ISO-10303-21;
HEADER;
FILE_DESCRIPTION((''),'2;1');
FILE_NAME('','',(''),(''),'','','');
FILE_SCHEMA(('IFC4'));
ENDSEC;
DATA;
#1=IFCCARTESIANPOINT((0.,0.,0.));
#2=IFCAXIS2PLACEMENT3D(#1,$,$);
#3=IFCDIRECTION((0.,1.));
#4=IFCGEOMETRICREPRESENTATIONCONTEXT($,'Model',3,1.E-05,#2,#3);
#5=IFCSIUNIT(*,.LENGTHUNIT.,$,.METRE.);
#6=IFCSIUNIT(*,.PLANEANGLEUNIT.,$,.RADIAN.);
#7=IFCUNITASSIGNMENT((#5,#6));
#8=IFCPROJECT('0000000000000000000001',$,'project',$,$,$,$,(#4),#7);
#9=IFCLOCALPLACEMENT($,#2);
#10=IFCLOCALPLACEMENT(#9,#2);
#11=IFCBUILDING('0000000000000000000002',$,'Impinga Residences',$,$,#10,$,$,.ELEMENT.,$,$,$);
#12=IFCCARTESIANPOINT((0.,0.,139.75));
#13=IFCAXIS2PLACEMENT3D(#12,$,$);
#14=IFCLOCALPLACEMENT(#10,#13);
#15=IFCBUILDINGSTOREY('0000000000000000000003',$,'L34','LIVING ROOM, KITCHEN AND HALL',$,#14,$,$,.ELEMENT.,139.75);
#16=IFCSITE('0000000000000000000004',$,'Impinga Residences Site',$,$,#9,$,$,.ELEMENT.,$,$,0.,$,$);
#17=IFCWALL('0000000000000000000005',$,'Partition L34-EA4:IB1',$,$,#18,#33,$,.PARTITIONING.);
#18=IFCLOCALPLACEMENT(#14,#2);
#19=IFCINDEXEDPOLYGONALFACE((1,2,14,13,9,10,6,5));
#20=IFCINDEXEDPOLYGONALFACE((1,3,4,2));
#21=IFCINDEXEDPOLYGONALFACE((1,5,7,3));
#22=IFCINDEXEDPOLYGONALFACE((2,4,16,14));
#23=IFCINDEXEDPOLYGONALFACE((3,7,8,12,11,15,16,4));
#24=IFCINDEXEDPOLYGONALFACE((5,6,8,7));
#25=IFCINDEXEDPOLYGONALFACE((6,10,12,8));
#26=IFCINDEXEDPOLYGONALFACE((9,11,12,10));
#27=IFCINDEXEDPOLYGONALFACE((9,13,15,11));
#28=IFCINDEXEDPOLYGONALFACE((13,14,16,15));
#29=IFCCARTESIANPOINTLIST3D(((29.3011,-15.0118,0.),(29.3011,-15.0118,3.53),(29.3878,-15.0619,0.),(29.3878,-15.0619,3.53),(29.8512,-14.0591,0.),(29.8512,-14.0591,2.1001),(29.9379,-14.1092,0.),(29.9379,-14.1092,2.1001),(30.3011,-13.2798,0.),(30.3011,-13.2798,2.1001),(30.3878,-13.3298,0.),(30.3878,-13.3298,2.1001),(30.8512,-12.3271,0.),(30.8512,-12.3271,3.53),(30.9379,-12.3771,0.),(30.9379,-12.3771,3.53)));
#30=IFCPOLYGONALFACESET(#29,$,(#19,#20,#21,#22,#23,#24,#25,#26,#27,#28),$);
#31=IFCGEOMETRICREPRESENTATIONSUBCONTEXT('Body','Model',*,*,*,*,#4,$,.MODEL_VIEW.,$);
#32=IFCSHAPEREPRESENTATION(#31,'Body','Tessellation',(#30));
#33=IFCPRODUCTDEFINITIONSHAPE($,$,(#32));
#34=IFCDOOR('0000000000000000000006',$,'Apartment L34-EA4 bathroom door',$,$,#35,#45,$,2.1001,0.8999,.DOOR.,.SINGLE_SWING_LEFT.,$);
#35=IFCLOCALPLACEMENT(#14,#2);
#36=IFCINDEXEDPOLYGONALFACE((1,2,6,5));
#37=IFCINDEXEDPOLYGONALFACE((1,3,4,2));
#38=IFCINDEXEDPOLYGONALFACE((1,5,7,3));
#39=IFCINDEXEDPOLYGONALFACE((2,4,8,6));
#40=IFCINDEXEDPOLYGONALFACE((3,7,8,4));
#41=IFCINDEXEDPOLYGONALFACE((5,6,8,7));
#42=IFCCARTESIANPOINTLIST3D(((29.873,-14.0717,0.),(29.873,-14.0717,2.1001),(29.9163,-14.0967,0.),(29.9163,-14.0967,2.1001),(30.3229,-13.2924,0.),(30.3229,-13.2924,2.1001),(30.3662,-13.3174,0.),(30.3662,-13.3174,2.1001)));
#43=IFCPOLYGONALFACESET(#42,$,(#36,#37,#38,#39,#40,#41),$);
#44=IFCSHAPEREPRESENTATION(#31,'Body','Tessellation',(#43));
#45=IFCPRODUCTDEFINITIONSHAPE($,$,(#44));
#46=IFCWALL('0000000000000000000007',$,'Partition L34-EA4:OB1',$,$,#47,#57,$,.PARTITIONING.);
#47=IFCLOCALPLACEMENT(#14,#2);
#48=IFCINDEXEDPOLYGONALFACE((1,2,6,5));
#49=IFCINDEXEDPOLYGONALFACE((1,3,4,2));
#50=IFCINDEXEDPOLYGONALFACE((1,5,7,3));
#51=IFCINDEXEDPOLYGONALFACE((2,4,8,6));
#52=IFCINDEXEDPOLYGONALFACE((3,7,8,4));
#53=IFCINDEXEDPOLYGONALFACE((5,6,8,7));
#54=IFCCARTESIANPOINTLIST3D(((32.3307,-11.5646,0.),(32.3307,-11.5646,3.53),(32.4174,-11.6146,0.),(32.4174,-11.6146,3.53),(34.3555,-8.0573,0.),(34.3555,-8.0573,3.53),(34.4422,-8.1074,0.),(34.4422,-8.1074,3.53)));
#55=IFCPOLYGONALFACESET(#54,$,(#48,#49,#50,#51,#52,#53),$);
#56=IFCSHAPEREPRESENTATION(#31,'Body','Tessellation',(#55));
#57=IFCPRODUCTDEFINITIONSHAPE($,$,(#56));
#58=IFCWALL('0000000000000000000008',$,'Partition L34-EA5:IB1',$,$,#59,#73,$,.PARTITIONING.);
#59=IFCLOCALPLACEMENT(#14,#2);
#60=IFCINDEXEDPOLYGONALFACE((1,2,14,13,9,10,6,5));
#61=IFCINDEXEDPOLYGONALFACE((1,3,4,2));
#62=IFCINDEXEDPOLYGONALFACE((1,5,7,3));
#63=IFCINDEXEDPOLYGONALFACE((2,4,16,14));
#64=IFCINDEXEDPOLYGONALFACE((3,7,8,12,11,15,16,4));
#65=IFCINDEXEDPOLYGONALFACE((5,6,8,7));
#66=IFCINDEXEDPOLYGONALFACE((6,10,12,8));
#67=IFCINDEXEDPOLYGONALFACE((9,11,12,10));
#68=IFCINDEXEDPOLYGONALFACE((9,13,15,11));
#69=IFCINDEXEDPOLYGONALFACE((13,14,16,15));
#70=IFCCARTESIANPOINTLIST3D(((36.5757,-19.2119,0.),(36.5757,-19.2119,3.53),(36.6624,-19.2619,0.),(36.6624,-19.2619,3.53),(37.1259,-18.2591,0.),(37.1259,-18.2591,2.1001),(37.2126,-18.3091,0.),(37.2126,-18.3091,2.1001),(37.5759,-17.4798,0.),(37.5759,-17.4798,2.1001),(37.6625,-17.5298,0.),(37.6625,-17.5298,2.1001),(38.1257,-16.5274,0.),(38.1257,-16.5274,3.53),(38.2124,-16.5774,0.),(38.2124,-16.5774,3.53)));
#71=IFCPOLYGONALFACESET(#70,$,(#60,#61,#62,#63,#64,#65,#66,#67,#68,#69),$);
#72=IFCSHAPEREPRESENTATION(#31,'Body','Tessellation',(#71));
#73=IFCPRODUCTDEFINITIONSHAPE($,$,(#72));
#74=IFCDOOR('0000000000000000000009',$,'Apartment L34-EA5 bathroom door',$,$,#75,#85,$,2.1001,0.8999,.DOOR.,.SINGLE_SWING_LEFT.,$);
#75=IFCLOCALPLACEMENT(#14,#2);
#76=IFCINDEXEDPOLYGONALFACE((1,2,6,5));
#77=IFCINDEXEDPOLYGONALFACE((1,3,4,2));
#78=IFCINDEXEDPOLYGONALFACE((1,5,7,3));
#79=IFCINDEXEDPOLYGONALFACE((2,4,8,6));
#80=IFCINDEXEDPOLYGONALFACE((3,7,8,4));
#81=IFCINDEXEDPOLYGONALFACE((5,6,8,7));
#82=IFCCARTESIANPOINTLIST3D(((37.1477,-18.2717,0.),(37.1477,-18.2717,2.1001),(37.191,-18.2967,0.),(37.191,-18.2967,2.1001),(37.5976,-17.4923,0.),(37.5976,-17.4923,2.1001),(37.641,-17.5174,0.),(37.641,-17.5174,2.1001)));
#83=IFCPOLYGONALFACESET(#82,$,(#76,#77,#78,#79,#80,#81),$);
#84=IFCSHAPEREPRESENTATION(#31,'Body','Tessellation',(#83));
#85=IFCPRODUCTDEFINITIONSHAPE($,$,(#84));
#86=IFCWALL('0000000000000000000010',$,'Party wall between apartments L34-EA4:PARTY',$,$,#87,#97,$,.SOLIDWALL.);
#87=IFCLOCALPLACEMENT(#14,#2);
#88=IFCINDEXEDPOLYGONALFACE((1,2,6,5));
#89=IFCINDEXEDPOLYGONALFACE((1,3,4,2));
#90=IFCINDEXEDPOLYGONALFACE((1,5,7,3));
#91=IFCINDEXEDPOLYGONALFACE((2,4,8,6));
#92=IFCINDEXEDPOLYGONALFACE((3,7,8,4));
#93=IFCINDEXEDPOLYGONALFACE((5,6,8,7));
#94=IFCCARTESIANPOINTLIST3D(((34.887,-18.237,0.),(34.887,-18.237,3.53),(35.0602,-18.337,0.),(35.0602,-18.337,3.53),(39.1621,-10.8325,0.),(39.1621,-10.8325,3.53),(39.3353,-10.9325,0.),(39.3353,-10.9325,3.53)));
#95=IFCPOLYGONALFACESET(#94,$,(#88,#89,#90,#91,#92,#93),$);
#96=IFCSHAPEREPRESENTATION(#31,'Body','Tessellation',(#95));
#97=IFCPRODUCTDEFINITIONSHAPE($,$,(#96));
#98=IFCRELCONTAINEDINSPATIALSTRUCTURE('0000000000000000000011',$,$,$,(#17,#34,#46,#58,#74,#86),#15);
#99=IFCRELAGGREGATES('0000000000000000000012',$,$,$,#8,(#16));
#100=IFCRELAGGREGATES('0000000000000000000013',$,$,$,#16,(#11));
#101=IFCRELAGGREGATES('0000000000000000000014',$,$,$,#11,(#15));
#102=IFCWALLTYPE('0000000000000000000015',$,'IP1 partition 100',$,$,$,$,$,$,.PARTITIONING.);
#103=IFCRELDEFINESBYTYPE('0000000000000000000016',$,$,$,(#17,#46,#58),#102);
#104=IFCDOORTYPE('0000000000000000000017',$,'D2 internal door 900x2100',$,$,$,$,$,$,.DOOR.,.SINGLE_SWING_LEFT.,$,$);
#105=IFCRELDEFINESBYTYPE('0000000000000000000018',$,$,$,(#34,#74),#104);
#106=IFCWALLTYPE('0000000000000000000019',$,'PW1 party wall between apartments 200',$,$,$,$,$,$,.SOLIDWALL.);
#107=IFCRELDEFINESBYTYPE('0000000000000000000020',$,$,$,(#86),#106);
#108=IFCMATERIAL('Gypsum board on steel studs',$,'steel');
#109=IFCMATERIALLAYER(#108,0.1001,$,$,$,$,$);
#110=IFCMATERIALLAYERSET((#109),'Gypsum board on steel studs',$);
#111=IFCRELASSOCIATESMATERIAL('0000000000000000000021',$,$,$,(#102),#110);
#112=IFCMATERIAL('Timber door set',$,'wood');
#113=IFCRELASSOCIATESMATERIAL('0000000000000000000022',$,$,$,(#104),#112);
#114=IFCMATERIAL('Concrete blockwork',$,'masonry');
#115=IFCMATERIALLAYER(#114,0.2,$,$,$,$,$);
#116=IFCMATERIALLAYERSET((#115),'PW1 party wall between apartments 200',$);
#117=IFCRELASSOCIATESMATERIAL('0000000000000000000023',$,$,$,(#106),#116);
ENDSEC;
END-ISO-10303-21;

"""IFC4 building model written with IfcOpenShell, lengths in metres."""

from ifc_helpers import new_model, si_unit, direction, frame, frame_2d, origin, place, context, subcontext, project, spatial, rectangle, extrude, material, layer, layer_set, type_object, element, fill, save


model = new_model("IFC4")

# Units and contexts
model_context = context("Model", 3, precision=1e-05, world=origin(), true_north=direction((0.0, 1.0)))
body_context = subcontext(model_context, "Body", "Model", "MODEL_VIEW")
ifc_project = project(units=[si_unit("LENGTHUNIT", "METRE"), si_unit("PLANEANGLEUNIT", "RADIAN")], contexts=[model_context])

# Site, building, storey
site_placement = place(None, origin())
site = spatial("IfcSite", under=ifc_project, at=site_placement, Name="Impinga Residences Site", CompositionType="ELEMENT", RefElevation=0.0)
building_placement = place(site_placement, origin())
building = spatial("IfcBuilding", under=site, at=building_placement, Name="Impinga Residences", CompositionType="ELEMENT")
storey_placement = place(building_placement, frame((0.0, 0.0, 139.75)))
storey = spatial("IfcBuildingStorey", under=building, at=storey_placement, Name="L34", Description="LIVING ROOM, KITCHEN AND HALL", CompositionType="ELEMENT", Elevation=139.75)

# Shared definitions
ifc_material_1 = material(Name="Concrete blockwork", Category="masonry")
ifc_material_2 = material(Name="Timber door set", Category="wood")

# Shared definitions
ifc_material_3 = material(Name="Gypsum board on steel studs", Category="steel")
ifc_layer_1 = layer(ifc_material_3, 0.1001)
ifc_layer_set_1 = layer_set([ifc_layer_1], Name="Gypsum board on steel studs")
wall_type_1 = type_object("IfcWallType", Name="IP1 partition 100", PredefinedType="PARTITIONING", material=ifc_layer_set_1)

# Shared definitions
door_type_1 = type_object("IfcDoorType", Name="D2 internal door 900x2100", OperationType="SINGLE_SWING_LEFT", PredefinedType="DOOR", material=ifc_material_2)

# Wall, opening, door
wall_1_placement = place(storey_placement, frame((29.3445, -15.0369, 0.0), z_axis=(0.0, 0.0, 1.0), x_axis=(0.499993, 0.86603, 0.0)))
wall_1 = element("IfcWall", 1, at=wall_1_placement, inside=storey, type_object=wall_type_1, Name="Partition L34-EA4:IB1", PredefinedType="PARTITIONING", context=body_context, shape_type="SweptSolid", body=[
    extrude(rectangle(XDim=3.1001, YDim=0.1001, at=frame_2d((1.55, 0.0))), origin(), (0.0, 0.0, 1.0), 3.53),
])
opening_1_placement = place(wall_1_placement, frame((1.1001, 0.0, 0.0)))
opening_1 = element("IfcOpeningElement", 2, at=opening_1_placement, cuts=wall_1, PredefinedType="OPENING", context=body_context, shape_type="SweptSolid", body=[
    extrude(rectangle(XDim=0.8999, YDim=2.1001, at=frame_2d((0.45, 1.05))), frame((0.0, 0.0601, 0.0), z_axis=(0.0, -1.0, 0.0), x_axis=(1.0, 0.0, 0.0)), (0.0, 0.0, 1.0), 0.1201),
])
door_1_placement = place(opening_1_placement, origin())
door_1 = element("IfcDoor", 3, at=door_1_placement, inside=storey, type_object=door_type_1, Name="Apartment L34-EA4 bathroom door", OperationType="SINGLE_SWING_LEFT", OverallHeight=2.1001, OverallWidth=0.8999, PredefinedType="DOOR", context=body_context, shape_type="SweptSolid", body=[
    extrude(rectangle(XDim=0.8999, YDim=2.1001, at=frame_2d((0.45, 1.05))), frame((0.0, 0.0249, 0.0), z_axis=(0.0, -1.0, 0.0), x_axis=(1.0, 0.0, 0.0)), (0.0, 0.0, 1.0), 0.05),
])
fill(opening_1, door_1)

# Wall
wall_2_placement = place(storey_placement, frame((32.374, -11.5896, 0.0), z_axis=(0.0, 0.0, 1.0), x_axis=(0.49999, 0.866031, 0.0)))
element("IfcWall", 4, at=wall_2_placement, inside=storey, type_object=wall_type_1, Name="Partition L34-EA4:OB1", PredefinedType="PARTITIONING", context=body_context, shape_type="SweptSolid", body=[
    extrude(rectangle(XDim=4.0498, YDim=0.1001, at=frame_2d((2.0249, 0.0))), origin(), (0.0, 0.0, 1.0), 3.53),
])

# Wall, opening, door
wall_3_placement = place(storey_placement, frame((36.6191, -19.2368, 0.0), z_axis=(0.0, 0.0, 1.0), x_axis=(0.500027, 0.86601, 0.0)))
wall_3 = element("IfcWall", 5, at=wall_3_placement, inside=storey, type_object=wall_type_1, Name="Partition L34-EA5:IB1", PredefinedType="PARTITIONING", context=body_context, shape_type="SweptSolid", body=[
    extrude(rectangle(XDim=3.0999, YDim=0.1001, at=frame_2d((1.5498, 0.0))), origin(), (0.0, 0.0, 1.0), 3.53),
])
opening_2_placement = place(wall_3_placement, frame((1.1001, 0.0, 0.0)))
opening_2 = element("IfcOpeningElement", 6, at=opening_2_placement, cuts=wall_3, PredefinedType="OPENING", context=body_context, shape_type="SweptSolid", body=[
    extrude(rectangle(XDim=0.8999, YDim=2.1001, at=frame_2d((0.45, 1.05))), frame((0.0, 0.0601, 0.0), z_axis=(0.0, -1.0, 0.0), x_axis=(1.0, 0.0, 0.0)), (0.0, 0.0, 1.0), 0.1201),
])
door_2_placement = place(opening_2_placement, origin())
door_2 = element("IfcDoor", 7, at=door_2_placement, inside=storey, type_object=door_type_1, Name="Apartment L34-EA5 bathroom door", OperationType="SINGLE_SWING_LEFT", OverallHeight=2.1001, OverallWidth=0.8999, PredefinedType="DOOR", context=body_context, shape_type="SweptSolid", body=[
    extrude(rectangle(XDim=0.8999, YDim=2.1001, at=frame_2d((0.45, 1.05))), frame((0.0, 0.0249, 0.0), z_axis=(0.0, -1.0, 0.0), x_axis=(1.0, 0.0, 0.0)), (0.0, 0.0, 1.0), 0.05),
])
fill(opening_2, door_2)

# Wall
ifc_layer_2 = layer(ifc_material_1, 0.2)
ifc_layer_set_2 = layer_set([ifc_layer_2], Name="PW1 party wall between apartments 200")
wall_type_2 = type_object("IfcWallType", Name="PW1 party wall between apartments 200", PredefinedType="SOLIDWALL", material=ifc_layer_set_2)
wall_4_placement = place(storey_placement, frame((34.9736, -18.2869, 0.0), z_axis=(0.0, 0.0, 1.0), x_axis=(0.500012, 0.866019, 0.0)))
element("IfcWall", 8, at=wall_4_placement, inside=storey, type_object=wall_type_2, Name="Party wall between apartments L34-EA4:PARTY", PredefinedType="SOLIDWALL", context=body_context, shape_type="SweptSolid", body=[
    extrude(rectangle(XDim=8.55, YDim=0.2, at=frame_2d((4.2749, 0.0))), origin(), (0.0, 0.0, 1.0), 3.53),
])

save(model, "model.ifc")
